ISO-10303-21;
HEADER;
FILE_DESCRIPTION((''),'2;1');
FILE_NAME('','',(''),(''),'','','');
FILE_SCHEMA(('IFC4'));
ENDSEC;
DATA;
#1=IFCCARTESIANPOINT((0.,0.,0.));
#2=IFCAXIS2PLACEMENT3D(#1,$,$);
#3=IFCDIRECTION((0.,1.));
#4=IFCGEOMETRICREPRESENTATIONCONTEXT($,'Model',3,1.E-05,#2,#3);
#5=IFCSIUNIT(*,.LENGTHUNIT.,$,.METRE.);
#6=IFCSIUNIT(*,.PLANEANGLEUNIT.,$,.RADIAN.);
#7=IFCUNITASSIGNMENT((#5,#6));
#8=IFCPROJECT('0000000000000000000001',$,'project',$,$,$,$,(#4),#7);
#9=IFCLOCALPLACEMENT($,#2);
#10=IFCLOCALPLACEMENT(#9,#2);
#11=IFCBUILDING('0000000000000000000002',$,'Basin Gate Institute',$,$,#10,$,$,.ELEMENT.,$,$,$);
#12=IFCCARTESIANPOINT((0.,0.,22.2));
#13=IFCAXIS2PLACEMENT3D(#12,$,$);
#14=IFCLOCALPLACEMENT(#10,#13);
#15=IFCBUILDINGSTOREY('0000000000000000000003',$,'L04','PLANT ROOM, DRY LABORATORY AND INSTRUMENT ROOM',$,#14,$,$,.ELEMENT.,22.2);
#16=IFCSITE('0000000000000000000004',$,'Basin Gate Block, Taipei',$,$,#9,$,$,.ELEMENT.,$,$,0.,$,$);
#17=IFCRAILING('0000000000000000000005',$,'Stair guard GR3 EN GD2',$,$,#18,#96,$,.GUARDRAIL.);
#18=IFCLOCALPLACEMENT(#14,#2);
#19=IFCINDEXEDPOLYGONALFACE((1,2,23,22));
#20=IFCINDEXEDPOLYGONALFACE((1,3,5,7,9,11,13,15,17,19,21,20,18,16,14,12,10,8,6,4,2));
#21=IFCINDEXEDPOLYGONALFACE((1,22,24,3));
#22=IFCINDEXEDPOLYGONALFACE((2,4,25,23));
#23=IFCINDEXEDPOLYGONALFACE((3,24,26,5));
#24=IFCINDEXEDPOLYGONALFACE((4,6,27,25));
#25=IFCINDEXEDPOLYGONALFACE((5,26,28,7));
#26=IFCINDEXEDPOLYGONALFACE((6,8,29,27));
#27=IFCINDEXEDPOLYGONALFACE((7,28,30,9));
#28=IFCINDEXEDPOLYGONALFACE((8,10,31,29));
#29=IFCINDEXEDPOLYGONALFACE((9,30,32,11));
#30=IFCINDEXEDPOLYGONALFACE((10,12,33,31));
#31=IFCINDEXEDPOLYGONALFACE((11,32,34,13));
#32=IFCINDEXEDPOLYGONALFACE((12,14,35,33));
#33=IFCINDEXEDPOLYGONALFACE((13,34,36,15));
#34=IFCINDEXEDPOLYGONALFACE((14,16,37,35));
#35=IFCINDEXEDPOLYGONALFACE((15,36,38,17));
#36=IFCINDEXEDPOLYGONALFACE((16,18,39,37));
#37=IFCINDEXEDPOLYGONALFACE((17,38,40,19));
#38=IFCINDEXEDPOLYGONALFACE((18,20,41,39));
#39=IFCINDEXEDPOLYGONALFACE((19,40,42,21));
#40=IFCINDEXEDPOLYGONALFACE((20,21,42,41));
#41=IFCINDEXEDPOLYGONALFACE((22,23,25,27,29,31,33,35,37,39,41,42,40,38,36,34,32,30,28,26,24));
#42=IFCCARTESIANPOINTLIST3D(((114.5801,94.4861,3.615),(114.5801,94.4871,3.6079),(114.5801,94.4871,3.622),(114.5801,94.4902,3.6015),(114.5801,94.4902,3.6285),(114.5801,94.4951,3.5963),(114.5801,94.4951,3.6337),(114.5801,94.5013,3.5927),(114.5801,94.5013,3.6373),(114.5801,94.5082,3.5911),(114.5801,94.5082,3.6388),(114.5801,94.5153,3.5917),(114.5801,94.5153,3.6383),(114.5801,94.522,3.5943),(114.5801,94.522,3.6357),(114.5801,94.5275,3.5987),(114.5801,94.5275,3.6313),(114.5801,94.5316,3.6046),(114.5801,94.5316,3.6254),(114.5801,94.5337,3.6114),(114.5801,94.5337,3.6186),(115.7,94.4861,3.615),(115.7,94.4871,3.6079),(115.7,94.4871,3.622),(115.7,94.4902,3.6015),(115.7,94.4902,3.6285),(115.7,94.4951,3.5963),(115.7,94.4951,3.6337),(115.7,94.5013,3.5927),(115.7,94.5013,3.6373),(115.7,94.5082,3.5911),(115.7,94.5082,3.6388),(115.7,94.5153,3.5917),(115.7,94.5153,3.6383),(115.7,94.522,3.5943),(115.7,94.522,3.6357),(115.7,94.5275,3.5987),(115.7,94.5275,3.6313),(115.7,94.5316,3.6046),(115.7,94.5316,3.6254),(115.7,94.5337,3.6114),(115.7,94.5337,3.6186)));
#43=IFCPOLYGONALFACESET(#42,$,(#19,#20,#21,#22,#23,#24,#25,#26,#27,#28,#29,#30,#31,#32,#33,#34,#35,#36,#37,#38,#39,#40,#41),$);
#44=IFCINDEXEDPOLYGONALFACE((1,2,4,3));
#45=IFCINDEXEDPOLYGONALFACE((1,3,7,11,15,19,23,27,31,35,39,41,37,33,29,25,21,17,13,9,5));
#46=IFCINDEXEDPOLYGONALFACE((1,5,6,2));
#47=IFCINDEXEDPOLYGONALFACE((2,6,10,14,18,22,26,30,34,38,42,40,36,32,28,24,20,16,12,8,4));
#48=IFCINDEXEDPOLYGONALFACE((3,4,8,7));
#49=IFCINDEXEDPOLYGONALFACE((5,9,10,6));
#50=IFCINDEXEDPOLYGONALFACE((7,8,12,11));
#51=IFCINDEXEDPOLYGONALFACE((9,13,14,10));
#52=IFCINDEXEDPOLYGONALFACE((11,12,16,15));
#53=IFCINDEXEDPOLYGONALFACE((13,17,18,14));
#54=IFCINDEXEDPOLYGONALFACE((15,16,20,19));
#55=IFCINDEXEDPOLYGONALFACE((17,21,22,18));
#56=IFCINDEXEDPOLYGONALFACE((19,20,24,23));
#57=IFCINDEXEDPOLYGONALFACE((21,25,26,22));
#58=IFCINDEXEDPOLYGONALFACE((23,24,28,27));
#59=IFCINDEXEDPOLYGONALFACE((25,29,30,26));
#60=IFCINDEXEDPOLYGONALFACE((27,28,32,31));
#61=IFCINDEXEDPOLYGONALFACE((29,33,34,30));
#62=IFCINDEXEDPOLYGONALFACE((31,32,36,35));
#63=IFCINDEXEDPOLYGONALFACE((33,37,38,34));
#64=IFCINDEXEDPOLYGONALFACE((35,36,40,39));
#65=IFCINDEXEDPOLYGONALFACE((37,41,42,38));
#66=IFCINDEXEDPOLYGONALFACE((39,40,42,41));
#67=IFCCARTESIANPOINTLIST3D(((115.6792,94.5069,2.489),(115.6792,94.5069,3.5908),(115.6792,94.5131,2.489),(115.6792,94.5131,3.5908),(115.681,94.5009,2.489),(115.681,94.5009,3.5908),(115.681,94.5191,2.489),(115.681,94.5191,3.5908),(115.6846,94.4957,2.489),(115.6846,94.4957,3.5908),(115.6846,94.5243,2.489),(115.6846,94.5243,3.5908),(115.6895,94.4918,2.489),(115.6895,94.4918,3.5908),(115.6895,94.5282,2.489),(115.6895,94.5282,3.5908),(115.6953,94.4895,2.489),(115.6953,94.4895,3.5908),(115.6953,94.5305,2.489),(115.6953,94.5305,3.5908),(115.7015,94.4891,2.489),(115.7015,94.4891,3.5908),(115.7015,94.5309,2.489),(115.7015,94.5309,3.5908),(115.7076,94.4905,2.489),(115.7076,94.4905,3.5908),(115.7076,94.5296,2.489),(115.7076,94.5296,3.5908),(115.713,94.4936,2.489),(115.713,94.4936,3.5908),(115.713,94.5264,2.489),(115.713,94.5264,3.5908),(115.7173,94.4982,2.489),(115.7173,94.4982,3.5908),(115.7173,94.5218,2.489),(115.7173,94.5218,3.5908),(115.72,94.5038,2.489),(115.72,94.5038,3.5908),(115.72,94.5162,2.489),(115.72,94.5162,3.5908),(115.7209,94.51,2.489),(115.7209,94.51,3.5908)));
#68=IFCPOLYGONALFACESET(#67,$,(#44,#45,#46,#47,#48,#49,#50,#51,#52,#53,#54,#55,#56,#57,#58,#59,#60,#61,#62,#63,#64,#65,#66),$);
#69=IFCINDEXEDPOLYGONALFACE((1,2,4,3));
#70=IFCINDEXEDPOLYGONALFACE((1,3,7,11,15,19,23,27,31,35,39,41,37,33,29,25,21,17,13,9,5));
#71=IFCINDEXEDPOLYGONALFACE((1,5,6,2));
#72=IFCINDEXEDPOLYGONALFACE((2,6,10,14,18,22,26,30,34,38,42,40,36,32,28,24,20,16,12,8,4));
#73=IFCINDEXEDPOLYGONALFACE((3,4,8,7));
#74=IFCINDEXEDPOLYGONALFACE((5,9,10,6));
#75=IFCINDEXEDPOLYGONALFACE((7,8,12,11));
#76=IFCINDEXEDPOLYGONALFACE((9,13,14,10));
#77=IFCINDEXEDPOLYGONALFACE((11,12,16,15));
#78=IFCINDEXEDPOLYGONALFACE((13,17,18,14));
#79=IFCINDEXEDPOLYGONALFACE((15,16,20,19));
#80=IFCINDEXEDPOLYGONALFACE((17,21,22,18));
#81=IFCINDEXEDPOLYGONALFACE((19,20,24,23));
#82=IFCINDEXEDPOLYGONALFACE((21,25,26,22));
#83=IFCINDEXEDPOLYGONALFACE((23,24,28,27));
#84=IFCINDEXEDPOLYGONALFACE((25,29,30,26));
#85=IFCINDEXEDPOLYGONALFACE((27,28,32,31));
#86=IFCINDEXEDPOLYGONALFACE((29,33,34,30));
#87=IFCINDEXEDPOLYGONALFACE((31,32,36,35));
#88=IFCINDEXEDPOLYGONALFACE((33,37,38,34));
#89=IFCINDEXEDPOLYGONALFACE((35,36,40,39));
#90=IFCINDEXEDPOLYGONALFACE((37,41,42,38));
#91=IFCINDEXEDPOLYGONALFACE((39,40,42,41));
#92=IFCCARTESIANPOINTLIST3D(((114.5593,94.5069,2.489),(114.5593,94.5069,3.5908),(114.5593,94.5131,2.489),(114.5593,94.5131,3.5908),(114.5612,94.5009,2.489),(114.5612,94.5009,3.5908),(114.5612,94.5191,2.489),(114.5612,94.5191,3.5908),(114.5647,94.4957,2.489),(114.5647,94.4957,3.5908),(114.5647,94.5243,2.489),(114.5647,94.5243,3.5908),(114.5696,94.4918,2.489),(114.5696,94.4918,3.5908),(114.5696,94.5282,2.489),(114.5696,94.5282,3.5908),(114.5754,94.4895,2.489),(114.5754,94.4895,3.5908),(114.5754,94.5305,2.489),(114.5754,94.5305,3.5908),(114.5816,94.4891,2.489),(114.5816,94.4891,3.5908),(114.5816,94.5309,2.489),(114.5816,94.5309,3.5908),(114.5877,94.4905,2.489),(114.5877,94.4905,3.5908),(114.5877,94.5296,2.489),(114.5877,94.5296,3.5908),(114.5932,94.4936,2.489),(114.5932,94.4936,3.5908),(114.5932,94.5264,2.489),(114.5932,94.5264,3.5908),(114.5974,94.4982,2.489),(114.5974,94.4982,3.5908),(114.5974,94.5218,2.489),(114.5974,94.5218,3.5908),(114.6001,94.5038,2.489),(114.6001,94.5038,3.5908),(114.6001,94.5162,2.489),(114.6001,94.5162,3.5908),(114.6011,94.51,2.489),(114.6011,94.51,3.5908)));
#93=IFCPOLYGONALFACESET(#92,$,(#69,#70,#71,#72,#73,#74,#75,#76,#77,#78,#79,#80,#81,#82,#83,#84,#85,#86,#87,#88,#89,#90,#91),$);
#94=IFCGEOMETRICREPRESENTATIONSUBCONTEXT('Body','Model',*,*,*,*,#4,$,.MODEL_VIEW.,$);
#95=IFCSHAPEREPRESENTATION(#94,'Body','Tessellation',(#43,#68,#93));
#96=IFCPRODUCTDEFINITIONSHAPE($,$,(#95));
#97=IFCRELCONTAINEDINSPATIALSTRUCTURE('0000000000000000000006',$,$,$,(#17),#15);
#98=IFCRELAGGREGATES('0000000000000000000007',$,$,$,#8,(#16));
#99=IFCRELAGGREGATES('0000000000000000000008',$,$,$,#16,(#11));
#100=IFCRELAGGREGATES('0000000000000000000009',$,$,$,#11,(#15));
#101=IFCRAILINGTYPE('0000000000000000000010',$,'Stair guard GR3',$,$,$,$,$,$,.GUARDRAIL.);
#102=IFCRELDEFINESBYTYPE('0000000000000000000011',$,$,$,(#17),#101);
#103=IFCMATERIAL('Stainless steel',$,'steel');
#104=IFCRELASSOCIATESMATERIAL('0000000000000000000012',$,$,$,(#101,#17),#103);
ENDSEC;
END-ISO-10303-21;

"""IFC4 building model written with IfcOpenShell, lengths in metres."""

from ifc_helpers import new_model, si_unit, direction, frame, origin, origin_2d, place, context, subcontext, project, spatial, circle, extrude, material, type_object, element, save


model = new_model("IFC4")

# Units and contexts
model_context = context("Model", 3, precision=1e-05, world=origin(), true_north=direction((0.0, 1.0)))
body_context = subcontext(model_context, "Body", "Model", "MODEL_VIEW")
ifc_project = project(units=[si_unit("LENGTHUNIT", "METRE"), si_unit("PLANEANGLEUNIT", "RADIAN")], contexts=[model_context])

# Site, building, storey
site_placement = place(None, origin())
site = spatial("IfcSite", under=ifc_project, at=site_placement, Name="Basin Gate Block, Taipei", CompositionType="ELEMENT", RefElevation=0.0)
building_placement = place(site_placement, origin())
building = spatial("IfcBuilding", under=site, at=building_placement, Name="Basin Gate Institute", CompositionType="ELEMENT")
storey_placement = place(building_placement, frame((0.0, 0.0, 22.2)))
storey = spatial("IfcBuildingStorey", under=building, at=storey_placement, Name="L04", Description="PLANT ROOM, DRY LABORATORY AND INSTRUMENT ROOM", CompositionType="ELEMENT", Elevation=22.2)

# Railing
ifc_material_1 = material(Name="Stainless steel", Category="steel")
railing_type_1 = type_object("IfcRailingType", Name="Stair guard GR3", PredefinedType="GUARDRAIL", material=ifc_material_1)
railing_1_placement = place(storey_placement, frame((115.7, 94.51, 2.489)))
element("IfcRailing", 1, at=railing_1_placement, inside=storey, type_object=railing_type_1, material=ifc_material_1, Name="Stair guard GR3 EN GD2", PredefinedType="GUARDRAIL", context=body_context, shape_type="SweptSolid", body=[
    extrude(circle(Radius=0.0239, at=origin_2d()), frame((0.0, 0.0, 1.126), z_axis=(-1.0, 0.0, 0.0), x_axis=(0.0, -1.0, 0.0)), (0.0, 0.0, 1.0), 1.1199),
    extrude(circle(Radius=0.021, at=origin_2d()), origin(), (0.0, 0.0, 1.0), 1.1018),
    extrude(circle(Radius=0.021, at=origin_2d()), frame((-1.1199, 0.0, 0.0)), (0.0, 0.0, 1.0), 1.1018),
])

save(model, "model.ifc")
